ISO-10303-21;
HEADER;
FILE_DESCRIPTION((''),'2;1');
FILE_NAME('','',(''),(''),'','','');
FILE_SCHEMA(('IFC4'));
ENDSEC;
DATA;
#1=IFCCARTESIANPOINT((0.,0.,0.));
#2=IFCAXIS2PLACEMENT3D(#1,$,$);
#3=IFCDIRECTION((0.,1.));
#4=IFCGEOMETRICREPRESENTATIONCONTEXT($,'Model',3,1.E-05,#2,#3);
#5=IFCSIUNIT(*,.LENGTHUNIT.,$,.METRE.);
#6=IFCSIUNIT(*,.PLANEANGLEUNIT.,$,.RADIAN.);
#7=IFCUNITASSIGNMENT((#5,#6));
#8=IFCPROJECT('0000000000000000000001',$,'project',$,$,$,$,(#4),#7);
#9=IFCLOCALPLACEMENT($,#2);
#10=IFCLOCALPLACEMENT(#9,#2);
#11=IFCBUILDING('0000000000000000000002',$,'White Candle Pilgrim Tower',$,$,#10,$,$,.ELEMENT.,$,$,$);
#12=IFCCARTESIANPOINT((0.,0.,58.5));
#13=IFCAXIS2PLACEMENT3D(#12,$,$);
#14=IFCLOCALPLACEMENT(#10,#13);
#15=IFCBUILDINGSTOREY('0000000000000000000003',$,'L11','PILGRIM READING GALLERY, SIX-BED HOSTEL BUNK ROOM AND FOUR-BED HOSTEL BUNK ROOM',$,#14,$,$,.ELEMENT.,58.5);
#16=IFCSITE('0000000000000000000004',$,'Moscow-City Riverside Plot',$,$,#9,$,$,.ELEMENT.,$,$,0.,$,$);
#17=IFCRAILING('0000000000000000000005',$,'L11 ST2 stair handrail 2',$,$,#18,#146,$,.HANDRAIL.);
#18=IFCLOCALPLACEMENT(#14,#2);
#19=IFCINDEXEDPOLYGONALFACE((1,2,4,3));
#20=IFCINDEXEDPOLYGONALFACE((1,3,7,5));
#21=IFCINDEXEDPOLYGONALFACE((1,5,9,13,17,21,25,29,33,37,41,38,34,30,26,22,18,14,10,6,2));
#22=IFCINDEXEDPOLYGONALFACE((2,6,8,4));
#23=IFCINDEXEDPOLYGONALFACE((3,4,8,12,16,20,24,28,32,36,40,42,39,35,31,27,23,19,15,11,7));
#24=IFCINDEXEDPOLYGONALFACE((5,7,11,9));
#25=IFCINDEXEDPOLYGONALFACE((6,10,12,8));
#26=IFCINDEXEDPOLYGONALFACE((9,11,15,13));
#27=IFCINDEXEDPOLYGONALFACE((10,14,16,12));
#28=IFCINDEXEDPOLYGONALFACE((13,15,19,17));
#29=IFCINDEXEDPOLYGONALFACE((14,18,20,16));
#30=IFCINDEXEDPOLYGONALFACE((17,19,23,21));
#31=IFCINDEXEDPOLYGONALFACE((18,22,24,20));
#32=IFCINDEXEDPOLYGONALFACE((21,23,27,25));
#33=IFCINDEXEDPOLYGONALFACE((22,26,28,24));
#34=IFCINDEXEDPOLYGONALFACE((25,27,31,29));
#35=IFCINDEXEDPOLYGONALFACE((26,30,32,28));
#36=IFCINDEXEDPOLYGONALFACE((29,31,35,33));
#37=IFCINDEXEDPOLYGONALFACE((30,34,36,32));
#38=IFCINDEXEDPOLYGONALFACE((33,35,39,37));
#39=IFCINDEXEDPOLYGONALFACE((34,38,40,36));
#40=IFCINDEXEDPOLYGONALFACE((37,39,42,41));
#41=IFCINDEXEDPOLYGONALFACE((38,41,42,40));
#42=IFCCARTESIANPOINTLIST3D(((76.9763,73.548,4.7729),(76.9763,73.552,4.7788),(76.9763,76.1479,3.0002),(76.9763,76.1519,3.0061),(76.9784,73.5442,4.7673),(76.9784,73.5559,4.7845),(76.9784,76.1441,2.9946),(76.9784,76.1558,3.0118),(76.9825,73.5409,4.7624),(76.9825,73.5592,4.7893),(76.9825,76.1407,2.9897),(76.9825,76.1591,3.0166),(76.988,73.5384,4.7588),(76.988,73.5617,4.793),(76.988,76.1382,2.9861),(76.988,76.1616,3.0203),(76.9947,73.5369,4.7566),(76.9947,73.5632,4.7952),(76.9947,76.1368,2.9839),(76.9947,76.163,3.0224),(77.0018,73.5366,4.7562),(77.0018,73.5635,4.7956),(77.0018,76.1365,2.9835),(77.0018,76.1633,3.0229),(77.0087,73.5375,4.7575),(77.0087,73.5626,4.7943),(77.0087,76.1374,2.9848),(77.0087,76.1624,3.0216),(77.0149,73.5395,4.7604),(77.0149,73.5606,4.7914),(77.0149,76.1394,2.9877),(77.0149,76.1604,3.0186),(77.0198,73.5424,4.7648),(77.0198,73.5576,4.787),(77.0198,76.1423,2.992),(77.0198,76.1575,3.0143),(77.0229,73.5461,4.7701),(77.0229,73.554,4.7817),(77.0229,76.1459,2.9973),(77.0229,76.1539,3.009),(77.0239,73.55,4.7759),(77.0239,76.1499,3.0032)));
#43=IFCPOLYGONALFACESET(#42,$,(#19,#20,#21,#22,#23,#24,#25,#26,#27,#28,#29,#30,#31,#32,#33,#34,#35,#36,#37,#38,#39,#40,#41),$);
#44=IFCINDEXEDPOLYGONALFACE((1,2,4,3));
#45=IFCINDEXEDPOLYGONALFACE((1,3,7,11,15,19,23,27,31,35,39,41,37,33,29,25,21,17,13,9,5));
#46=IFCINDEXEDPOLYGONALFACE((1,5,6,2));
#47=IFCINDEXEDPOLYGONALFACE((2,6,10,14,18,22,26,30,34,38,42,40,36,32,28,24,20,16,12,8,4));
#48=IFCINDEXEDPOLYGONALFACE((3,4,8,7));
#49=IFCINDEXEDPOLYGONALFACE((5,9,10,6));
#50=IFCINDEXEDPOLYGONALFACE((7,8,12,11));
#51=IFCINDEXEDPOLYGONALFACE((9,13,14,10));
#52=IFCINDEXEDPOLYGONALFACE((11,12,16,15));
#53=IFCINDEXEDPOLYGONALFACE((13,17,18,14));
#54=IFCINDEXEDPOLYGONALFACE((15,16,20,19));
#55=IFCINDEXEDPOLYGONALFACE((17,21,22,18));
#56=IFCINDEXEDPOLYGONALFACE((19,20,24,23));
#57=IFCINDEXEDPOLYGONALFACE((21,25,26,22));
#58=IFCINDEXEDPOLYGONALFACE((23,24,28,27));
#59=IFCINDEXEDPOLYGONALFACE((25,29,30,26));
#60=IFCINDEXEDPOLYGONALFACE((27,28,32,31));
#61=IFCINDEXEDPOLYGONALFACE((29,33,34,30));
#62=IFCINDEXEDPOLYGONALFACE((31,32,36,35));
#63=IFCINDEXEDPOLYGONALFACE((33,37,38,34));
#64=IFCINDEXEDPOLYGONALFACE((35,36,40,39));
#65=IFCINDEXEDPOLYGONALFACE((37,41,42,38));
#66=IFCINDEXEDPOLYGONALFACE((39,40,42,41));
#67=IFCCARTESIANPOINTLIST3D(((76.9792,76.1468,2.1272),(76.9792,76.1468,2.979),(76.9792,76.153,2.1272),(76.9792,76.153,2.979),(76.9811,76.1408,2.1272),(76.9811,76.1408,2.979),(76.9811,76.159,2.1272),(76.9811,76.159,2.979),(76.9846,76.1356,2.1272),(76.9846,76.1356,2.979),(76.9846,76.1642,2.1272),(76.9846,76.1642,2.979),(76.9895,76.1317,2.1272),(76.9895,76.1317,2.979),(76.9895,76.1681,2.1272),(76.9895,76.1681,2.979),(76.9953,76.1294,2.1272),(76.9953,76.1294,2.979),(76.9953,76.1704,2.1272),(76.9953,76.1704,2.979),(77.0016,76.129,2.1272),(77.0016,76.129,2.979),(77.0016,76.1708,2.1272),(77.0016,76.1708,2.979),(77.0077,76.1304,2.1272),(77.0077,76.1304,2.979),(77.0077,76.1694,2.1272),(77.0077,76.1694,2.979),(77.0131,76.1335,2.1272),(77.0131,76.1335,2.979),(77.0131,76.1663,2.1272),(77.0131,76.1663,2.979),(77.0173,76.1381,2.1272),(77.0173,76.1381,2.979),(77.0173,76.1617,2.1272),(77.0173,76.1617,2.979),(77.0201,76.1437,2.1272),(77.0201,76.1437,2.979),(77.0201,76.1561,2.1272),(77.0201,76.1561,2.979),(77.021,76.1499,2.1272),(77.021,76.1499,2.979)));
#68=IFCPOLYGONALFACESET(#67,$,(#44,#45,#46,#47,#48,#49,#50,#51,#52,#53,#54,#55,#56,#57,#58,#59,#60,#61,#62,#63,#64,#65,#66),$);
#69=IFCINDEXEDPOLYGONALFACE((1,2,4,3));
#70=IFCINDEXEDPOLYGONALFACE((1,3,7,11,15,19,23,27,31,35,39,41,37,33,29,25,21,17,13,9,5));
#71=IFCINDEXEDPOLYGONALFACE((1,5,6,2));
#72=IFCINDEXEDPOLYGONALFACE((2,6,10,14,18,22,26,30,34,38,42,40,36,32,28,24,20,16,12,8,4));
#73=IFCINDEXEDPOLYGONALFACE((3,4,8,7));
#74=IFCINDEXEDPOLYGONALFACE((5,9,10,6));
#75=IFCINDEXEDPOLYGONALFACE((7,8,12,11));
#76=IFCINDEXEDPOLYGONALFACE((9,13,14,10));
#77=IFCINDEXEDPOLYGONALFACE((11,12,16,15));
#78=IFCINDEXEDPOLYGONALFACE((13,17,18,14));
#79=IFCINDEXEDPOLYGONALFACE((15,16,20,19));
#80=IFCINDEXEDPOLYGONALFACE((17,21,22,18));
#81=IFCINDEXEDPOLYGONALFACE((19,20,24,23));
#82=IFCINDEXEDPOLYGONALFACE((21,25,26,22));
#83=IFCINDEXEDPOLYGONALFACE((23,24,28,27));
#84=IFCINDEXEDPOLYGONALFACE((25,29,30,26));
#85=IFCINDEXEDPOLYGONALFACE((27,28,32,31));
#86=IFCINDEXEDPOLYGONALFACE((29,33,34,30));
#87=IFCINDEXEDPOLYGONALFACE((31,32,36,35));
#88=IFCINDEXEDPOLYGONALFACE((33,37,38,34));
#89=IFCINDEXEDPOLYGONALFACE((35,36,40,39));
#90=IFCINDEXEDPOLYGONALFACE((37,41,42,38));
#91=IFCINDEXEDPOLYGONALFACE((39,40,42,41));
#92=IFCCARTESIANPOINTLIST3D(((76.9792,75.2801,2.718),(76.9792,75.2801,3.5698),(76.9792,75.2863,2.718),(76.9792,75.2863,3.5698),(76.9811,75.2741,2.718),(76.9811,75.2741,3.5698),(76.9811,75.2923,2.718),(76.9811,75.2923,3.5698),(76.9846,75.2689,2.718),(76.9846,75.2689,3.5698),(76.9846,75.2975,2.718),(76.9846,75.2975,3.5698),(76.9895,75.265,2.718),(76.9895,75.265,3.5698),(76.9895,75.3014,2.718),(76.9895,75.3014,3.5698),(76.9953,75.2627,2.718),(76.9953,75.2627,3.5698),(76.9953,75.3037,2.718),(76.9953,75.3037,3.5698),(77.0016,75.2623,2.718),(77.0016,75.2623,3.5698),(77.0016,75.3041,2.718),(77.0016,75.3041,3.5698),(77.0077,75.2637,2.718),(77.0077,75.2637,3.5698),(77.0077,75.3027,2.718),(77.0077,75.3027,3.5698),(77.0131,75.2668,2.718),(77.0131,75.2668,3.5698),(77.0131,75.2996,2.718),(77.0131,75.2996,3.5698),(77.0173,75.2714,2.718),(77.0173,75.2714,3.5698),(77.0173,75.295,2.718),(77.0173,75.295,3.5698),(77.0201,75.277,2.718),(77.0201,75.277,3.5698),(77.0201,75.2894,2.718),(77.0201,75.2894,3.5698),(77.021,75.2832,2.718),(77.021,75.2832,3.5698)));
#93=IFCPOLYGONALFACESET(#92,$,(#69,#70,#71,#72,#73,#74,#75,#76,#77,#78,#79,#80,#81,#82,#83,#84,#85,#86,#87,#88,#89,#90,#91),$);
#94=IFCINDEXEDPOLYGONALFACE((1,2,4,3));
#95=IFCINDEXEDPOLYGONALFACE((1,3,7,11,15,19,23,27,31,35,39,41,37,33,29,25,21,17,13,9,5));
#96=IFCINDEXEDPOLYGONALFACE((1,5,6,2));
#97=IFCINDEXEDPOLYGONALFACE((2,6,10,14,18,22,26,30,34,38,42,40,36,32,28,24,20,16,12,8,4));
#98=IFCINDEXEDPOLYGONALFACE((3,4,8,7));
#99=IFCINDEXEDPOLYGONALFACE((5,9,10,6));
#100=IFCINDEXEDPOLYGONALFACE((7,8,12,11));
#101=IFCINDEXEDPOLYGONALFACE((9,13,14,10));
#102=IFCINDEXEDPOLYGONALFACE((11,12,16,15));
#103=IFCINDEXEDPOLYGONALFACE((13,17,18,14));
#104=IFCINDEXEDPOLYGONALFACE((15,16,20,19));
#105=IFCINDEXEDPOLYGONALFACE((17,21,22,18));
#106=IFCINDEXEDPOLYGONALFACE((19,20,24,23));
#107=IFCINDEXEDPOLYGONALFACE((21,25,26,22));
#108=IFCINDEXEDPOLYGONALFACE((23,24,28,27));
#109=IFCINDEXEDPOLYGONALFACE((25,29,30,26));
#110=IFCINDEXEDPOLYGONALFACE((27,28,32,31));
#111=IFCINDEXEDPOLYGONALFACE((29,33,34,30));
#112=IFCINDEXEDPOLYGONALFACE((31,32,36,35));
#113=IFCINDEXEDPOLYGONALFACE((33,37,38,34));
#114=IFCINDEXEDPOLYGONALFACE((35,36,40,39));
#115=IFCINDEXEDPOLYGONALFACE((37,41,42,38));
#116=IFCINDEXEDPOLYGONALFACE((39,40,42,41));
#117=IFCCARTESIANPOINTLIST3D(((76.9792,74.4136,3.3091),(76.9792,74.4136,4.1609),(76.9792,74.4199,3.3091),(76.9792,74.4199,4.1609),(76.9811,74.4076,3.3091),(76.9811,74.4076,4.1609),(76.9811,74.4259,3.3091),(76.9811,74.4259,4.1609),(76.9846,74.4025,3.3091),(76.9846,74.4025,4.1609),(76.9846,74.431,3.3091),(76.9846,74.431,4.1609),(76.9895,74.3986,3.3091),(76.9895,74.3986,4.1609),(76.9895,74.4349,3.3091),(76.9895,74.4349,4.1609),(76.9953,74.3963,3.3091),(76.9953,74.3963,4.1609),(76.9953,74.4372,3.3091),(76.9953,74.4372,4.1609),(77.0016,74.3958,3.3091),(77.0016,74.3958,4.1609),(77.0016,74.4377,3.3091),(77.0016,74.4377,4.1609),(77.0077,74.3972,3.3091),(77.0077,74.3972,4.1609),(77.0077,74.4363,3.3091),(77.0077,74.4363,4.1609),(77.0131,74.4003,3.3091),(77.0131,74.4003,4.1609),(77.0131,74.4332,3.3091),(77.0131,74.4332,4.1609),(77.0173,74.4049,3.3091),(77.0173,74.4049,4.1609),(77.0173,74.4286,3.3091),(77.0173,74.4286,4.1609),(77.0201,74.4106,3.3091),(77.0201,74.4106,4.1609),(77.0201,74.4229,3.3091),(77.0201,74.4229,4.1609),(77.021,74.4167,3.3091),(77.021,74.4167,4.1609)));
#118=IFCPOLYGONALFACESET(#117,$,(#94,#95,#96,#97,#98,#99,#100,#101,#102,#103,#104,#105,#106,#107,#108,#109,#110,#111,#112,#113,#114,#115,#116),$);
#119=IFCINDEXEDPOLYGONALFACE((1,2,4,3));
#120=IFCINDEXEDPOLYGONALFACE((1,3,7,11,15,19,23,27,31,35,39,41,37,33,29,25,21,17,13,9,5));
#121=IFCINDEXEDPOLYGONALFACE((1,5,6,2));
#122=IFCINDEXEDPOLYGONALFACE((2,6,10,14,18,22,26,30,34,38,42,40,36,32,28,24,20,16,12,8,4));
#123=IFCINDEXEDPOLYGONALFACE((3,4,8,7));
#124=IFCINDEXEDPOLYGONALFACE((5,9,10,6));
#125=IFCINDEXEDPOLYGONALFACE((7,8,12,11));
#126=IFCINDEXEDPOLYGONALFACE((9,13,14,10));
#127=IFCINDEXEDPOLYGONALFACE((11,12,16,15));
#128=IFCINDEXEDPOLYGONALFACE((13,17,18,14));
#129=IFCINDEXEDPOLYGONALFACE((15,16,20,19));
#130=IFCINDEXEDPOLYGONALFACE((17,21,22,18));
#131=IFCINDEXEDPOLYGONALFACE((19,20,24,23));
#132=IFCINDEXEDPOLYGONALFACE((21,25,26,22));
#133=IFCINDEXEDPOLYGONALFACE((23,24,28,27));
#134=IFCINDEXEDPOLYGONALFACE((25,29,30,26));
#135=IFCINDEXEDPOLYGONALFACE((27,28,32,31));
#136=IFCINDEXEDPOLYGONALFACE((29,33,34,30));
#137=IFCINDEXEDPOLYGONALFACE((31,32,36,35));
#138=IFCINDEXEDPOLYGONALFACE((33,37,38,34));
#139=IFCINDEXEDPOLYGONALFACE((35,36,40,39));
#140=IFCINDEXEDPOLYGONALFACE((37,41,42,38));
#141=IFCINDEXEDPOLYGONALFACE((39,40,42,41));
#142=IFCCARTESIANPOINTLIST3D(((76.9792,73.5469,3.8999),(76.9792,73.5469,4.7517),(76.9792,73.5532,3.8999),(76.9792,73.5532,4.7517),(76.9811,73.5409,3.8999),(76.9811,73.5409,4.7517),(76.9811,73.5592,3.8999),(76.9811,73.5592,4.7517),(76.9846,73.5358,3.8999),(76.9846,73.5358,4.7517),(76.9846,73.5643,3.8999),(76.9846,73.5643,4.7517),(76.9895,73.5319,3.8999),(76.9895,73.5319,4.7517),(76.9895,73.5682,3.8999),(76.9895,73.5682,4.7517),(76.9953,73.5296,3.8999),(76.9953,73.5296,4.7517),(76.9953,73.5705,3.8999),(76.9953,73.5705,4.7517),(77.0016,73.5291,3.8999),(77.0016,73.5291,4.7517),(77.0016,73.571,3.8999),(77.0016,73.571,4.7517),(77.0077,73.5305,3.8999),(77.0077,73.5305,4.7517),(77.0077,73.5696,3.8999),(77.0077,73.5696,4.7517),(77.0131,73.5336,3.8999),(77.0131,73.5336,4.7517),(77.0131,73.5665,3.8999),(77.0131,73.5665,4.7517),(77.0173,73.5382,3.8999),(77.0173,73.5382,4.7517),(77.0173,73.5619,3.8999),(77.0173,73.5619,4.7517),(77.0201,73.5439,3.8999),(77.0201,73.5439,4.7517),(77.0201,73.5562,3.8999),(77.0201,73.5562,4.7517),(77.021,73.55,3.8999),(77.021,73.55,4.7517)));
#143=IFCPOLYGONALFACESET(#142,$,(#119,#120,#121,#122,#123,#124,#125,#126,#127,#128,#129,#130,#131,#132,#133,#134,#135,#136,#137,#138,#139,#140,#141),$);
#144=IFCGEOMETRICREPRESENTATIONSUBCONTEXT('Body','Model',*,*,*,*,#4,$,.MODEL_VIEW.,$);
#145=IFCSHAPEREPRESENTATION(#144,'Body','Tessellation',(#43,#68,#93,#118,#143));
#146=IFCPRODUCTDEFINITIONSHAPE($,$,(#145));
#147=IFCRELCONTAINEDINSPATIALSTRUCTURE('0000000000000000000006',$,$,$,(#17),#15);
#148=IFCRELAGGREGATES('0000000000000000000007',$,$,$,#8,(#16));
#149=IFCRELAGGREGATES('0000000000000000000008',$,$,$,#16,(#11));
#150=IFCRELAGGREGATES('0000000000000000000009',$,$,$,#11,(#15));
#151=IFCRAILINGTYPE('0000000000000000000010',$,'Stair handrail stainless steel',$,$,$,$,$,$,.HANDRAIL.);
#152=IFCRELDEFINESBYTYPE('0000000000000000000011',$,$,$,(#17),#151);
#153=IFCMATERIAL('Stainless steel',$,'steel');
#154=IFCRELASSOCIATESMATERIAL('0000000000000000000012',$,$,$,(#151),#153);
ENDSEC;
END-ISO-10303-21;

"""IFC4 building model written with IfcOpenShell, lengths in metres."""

from ifc_helpers import new_model, si_unit, direction, frame, origin, origin_2d, place, context, subcontext, project, spatial, circle, extrude, material, type_object, element, save


model = new_model("IFC4")

# Units and contexts
model_context = context("Model", 3, precision=1e-05, world=origin(), true_north=direction((0.0, 1.0)))
body_context = subcontext(model_context, "Body", "Model", "MODEL_VIEW")
ifc_project = project(units=[si_unit("LENGTHUNIT", "METRE"), si_unit("PLANEANGLEUNIT", "RADIAN")], contexts=[model_context])

# Site, building, storey
site_placement = place(None, origin())
site = spatial("IfcSite", under=ifc_project, at=site_placement, Name="Moscow-City Riverside Plot", CompositionType="ELEMENT", RefElevation=0.0)
building_placement = place(site_placement, origin())
building = spatial("IfcBuilding", under=site, at=building_placement, Name="White Candle Pilgrim Tower", CompositionType="ELEMENT")
storey_placement = place(building_placement, frame((0.0, 0.0, 58.5)))
storey = spatial("IfcBuildingStorey", under=building, at=storey_placement, Name="L11", Description="PILGRIM READING GALLERY, SIX-BED HOSTEL BUNK ROOM AND FOUR-BED HOSTEL BUNK ROOM", CompositionType="ELEMENT", Elevation=58.5)

# Railing
ifc_material_1 = material(Name="Stainless steel", Category="steel")
railing_type_1 = type_object("IfcRailingType", Name="Stair handrail stainless steel", PredefinedType="HANDRAIL", material=ifc_material_1)
railing_1_placement = place(storey_placement, frame((77.0, 76.1499, 2.1272)))
element("IfcRailing", 1, at=railing_1_placement, inside=storey, type_object=railing_type_1, Name="L11 ST2 stair handrail 2", PredefinedType="HANDRAIL", context=body_context, shape_type="SweptSolid", body=[
    extrude(circle(Radius=0.0239, at=origin_2d()), frame((0.0, 0.0, 0.876), z_axis=(0.0, -0.826216, 0.563354), x_axis=(1.0, 0.0, 0.0)), (0.0, 0.0, 1.0), 3.1467),
    extrude(circle(Radius=0.021, at=origin_2d()), origin(), (0.0, 0.0, 1.0), 0.8518),
    extrude(circle(Radius=0.021, at=origin_2d()), frame((0.0, -0.8667, 0.5908)), (0.0, 0.0, 1.0), 0.8518),
    extrude(circle(Radius=0.021, at=origin_2d()), frame((0.0, -1.7332, 1.1819)), (0.0, 0.0, 1.0), 0.8518),
    extrude(circle(Radius=0.021, at=origin_2d()), frame((0.0, -2.5999, 1.7727)), (0.0, 0.0, 1.0), 0.8518),
])

save(model, "model.ifc")
